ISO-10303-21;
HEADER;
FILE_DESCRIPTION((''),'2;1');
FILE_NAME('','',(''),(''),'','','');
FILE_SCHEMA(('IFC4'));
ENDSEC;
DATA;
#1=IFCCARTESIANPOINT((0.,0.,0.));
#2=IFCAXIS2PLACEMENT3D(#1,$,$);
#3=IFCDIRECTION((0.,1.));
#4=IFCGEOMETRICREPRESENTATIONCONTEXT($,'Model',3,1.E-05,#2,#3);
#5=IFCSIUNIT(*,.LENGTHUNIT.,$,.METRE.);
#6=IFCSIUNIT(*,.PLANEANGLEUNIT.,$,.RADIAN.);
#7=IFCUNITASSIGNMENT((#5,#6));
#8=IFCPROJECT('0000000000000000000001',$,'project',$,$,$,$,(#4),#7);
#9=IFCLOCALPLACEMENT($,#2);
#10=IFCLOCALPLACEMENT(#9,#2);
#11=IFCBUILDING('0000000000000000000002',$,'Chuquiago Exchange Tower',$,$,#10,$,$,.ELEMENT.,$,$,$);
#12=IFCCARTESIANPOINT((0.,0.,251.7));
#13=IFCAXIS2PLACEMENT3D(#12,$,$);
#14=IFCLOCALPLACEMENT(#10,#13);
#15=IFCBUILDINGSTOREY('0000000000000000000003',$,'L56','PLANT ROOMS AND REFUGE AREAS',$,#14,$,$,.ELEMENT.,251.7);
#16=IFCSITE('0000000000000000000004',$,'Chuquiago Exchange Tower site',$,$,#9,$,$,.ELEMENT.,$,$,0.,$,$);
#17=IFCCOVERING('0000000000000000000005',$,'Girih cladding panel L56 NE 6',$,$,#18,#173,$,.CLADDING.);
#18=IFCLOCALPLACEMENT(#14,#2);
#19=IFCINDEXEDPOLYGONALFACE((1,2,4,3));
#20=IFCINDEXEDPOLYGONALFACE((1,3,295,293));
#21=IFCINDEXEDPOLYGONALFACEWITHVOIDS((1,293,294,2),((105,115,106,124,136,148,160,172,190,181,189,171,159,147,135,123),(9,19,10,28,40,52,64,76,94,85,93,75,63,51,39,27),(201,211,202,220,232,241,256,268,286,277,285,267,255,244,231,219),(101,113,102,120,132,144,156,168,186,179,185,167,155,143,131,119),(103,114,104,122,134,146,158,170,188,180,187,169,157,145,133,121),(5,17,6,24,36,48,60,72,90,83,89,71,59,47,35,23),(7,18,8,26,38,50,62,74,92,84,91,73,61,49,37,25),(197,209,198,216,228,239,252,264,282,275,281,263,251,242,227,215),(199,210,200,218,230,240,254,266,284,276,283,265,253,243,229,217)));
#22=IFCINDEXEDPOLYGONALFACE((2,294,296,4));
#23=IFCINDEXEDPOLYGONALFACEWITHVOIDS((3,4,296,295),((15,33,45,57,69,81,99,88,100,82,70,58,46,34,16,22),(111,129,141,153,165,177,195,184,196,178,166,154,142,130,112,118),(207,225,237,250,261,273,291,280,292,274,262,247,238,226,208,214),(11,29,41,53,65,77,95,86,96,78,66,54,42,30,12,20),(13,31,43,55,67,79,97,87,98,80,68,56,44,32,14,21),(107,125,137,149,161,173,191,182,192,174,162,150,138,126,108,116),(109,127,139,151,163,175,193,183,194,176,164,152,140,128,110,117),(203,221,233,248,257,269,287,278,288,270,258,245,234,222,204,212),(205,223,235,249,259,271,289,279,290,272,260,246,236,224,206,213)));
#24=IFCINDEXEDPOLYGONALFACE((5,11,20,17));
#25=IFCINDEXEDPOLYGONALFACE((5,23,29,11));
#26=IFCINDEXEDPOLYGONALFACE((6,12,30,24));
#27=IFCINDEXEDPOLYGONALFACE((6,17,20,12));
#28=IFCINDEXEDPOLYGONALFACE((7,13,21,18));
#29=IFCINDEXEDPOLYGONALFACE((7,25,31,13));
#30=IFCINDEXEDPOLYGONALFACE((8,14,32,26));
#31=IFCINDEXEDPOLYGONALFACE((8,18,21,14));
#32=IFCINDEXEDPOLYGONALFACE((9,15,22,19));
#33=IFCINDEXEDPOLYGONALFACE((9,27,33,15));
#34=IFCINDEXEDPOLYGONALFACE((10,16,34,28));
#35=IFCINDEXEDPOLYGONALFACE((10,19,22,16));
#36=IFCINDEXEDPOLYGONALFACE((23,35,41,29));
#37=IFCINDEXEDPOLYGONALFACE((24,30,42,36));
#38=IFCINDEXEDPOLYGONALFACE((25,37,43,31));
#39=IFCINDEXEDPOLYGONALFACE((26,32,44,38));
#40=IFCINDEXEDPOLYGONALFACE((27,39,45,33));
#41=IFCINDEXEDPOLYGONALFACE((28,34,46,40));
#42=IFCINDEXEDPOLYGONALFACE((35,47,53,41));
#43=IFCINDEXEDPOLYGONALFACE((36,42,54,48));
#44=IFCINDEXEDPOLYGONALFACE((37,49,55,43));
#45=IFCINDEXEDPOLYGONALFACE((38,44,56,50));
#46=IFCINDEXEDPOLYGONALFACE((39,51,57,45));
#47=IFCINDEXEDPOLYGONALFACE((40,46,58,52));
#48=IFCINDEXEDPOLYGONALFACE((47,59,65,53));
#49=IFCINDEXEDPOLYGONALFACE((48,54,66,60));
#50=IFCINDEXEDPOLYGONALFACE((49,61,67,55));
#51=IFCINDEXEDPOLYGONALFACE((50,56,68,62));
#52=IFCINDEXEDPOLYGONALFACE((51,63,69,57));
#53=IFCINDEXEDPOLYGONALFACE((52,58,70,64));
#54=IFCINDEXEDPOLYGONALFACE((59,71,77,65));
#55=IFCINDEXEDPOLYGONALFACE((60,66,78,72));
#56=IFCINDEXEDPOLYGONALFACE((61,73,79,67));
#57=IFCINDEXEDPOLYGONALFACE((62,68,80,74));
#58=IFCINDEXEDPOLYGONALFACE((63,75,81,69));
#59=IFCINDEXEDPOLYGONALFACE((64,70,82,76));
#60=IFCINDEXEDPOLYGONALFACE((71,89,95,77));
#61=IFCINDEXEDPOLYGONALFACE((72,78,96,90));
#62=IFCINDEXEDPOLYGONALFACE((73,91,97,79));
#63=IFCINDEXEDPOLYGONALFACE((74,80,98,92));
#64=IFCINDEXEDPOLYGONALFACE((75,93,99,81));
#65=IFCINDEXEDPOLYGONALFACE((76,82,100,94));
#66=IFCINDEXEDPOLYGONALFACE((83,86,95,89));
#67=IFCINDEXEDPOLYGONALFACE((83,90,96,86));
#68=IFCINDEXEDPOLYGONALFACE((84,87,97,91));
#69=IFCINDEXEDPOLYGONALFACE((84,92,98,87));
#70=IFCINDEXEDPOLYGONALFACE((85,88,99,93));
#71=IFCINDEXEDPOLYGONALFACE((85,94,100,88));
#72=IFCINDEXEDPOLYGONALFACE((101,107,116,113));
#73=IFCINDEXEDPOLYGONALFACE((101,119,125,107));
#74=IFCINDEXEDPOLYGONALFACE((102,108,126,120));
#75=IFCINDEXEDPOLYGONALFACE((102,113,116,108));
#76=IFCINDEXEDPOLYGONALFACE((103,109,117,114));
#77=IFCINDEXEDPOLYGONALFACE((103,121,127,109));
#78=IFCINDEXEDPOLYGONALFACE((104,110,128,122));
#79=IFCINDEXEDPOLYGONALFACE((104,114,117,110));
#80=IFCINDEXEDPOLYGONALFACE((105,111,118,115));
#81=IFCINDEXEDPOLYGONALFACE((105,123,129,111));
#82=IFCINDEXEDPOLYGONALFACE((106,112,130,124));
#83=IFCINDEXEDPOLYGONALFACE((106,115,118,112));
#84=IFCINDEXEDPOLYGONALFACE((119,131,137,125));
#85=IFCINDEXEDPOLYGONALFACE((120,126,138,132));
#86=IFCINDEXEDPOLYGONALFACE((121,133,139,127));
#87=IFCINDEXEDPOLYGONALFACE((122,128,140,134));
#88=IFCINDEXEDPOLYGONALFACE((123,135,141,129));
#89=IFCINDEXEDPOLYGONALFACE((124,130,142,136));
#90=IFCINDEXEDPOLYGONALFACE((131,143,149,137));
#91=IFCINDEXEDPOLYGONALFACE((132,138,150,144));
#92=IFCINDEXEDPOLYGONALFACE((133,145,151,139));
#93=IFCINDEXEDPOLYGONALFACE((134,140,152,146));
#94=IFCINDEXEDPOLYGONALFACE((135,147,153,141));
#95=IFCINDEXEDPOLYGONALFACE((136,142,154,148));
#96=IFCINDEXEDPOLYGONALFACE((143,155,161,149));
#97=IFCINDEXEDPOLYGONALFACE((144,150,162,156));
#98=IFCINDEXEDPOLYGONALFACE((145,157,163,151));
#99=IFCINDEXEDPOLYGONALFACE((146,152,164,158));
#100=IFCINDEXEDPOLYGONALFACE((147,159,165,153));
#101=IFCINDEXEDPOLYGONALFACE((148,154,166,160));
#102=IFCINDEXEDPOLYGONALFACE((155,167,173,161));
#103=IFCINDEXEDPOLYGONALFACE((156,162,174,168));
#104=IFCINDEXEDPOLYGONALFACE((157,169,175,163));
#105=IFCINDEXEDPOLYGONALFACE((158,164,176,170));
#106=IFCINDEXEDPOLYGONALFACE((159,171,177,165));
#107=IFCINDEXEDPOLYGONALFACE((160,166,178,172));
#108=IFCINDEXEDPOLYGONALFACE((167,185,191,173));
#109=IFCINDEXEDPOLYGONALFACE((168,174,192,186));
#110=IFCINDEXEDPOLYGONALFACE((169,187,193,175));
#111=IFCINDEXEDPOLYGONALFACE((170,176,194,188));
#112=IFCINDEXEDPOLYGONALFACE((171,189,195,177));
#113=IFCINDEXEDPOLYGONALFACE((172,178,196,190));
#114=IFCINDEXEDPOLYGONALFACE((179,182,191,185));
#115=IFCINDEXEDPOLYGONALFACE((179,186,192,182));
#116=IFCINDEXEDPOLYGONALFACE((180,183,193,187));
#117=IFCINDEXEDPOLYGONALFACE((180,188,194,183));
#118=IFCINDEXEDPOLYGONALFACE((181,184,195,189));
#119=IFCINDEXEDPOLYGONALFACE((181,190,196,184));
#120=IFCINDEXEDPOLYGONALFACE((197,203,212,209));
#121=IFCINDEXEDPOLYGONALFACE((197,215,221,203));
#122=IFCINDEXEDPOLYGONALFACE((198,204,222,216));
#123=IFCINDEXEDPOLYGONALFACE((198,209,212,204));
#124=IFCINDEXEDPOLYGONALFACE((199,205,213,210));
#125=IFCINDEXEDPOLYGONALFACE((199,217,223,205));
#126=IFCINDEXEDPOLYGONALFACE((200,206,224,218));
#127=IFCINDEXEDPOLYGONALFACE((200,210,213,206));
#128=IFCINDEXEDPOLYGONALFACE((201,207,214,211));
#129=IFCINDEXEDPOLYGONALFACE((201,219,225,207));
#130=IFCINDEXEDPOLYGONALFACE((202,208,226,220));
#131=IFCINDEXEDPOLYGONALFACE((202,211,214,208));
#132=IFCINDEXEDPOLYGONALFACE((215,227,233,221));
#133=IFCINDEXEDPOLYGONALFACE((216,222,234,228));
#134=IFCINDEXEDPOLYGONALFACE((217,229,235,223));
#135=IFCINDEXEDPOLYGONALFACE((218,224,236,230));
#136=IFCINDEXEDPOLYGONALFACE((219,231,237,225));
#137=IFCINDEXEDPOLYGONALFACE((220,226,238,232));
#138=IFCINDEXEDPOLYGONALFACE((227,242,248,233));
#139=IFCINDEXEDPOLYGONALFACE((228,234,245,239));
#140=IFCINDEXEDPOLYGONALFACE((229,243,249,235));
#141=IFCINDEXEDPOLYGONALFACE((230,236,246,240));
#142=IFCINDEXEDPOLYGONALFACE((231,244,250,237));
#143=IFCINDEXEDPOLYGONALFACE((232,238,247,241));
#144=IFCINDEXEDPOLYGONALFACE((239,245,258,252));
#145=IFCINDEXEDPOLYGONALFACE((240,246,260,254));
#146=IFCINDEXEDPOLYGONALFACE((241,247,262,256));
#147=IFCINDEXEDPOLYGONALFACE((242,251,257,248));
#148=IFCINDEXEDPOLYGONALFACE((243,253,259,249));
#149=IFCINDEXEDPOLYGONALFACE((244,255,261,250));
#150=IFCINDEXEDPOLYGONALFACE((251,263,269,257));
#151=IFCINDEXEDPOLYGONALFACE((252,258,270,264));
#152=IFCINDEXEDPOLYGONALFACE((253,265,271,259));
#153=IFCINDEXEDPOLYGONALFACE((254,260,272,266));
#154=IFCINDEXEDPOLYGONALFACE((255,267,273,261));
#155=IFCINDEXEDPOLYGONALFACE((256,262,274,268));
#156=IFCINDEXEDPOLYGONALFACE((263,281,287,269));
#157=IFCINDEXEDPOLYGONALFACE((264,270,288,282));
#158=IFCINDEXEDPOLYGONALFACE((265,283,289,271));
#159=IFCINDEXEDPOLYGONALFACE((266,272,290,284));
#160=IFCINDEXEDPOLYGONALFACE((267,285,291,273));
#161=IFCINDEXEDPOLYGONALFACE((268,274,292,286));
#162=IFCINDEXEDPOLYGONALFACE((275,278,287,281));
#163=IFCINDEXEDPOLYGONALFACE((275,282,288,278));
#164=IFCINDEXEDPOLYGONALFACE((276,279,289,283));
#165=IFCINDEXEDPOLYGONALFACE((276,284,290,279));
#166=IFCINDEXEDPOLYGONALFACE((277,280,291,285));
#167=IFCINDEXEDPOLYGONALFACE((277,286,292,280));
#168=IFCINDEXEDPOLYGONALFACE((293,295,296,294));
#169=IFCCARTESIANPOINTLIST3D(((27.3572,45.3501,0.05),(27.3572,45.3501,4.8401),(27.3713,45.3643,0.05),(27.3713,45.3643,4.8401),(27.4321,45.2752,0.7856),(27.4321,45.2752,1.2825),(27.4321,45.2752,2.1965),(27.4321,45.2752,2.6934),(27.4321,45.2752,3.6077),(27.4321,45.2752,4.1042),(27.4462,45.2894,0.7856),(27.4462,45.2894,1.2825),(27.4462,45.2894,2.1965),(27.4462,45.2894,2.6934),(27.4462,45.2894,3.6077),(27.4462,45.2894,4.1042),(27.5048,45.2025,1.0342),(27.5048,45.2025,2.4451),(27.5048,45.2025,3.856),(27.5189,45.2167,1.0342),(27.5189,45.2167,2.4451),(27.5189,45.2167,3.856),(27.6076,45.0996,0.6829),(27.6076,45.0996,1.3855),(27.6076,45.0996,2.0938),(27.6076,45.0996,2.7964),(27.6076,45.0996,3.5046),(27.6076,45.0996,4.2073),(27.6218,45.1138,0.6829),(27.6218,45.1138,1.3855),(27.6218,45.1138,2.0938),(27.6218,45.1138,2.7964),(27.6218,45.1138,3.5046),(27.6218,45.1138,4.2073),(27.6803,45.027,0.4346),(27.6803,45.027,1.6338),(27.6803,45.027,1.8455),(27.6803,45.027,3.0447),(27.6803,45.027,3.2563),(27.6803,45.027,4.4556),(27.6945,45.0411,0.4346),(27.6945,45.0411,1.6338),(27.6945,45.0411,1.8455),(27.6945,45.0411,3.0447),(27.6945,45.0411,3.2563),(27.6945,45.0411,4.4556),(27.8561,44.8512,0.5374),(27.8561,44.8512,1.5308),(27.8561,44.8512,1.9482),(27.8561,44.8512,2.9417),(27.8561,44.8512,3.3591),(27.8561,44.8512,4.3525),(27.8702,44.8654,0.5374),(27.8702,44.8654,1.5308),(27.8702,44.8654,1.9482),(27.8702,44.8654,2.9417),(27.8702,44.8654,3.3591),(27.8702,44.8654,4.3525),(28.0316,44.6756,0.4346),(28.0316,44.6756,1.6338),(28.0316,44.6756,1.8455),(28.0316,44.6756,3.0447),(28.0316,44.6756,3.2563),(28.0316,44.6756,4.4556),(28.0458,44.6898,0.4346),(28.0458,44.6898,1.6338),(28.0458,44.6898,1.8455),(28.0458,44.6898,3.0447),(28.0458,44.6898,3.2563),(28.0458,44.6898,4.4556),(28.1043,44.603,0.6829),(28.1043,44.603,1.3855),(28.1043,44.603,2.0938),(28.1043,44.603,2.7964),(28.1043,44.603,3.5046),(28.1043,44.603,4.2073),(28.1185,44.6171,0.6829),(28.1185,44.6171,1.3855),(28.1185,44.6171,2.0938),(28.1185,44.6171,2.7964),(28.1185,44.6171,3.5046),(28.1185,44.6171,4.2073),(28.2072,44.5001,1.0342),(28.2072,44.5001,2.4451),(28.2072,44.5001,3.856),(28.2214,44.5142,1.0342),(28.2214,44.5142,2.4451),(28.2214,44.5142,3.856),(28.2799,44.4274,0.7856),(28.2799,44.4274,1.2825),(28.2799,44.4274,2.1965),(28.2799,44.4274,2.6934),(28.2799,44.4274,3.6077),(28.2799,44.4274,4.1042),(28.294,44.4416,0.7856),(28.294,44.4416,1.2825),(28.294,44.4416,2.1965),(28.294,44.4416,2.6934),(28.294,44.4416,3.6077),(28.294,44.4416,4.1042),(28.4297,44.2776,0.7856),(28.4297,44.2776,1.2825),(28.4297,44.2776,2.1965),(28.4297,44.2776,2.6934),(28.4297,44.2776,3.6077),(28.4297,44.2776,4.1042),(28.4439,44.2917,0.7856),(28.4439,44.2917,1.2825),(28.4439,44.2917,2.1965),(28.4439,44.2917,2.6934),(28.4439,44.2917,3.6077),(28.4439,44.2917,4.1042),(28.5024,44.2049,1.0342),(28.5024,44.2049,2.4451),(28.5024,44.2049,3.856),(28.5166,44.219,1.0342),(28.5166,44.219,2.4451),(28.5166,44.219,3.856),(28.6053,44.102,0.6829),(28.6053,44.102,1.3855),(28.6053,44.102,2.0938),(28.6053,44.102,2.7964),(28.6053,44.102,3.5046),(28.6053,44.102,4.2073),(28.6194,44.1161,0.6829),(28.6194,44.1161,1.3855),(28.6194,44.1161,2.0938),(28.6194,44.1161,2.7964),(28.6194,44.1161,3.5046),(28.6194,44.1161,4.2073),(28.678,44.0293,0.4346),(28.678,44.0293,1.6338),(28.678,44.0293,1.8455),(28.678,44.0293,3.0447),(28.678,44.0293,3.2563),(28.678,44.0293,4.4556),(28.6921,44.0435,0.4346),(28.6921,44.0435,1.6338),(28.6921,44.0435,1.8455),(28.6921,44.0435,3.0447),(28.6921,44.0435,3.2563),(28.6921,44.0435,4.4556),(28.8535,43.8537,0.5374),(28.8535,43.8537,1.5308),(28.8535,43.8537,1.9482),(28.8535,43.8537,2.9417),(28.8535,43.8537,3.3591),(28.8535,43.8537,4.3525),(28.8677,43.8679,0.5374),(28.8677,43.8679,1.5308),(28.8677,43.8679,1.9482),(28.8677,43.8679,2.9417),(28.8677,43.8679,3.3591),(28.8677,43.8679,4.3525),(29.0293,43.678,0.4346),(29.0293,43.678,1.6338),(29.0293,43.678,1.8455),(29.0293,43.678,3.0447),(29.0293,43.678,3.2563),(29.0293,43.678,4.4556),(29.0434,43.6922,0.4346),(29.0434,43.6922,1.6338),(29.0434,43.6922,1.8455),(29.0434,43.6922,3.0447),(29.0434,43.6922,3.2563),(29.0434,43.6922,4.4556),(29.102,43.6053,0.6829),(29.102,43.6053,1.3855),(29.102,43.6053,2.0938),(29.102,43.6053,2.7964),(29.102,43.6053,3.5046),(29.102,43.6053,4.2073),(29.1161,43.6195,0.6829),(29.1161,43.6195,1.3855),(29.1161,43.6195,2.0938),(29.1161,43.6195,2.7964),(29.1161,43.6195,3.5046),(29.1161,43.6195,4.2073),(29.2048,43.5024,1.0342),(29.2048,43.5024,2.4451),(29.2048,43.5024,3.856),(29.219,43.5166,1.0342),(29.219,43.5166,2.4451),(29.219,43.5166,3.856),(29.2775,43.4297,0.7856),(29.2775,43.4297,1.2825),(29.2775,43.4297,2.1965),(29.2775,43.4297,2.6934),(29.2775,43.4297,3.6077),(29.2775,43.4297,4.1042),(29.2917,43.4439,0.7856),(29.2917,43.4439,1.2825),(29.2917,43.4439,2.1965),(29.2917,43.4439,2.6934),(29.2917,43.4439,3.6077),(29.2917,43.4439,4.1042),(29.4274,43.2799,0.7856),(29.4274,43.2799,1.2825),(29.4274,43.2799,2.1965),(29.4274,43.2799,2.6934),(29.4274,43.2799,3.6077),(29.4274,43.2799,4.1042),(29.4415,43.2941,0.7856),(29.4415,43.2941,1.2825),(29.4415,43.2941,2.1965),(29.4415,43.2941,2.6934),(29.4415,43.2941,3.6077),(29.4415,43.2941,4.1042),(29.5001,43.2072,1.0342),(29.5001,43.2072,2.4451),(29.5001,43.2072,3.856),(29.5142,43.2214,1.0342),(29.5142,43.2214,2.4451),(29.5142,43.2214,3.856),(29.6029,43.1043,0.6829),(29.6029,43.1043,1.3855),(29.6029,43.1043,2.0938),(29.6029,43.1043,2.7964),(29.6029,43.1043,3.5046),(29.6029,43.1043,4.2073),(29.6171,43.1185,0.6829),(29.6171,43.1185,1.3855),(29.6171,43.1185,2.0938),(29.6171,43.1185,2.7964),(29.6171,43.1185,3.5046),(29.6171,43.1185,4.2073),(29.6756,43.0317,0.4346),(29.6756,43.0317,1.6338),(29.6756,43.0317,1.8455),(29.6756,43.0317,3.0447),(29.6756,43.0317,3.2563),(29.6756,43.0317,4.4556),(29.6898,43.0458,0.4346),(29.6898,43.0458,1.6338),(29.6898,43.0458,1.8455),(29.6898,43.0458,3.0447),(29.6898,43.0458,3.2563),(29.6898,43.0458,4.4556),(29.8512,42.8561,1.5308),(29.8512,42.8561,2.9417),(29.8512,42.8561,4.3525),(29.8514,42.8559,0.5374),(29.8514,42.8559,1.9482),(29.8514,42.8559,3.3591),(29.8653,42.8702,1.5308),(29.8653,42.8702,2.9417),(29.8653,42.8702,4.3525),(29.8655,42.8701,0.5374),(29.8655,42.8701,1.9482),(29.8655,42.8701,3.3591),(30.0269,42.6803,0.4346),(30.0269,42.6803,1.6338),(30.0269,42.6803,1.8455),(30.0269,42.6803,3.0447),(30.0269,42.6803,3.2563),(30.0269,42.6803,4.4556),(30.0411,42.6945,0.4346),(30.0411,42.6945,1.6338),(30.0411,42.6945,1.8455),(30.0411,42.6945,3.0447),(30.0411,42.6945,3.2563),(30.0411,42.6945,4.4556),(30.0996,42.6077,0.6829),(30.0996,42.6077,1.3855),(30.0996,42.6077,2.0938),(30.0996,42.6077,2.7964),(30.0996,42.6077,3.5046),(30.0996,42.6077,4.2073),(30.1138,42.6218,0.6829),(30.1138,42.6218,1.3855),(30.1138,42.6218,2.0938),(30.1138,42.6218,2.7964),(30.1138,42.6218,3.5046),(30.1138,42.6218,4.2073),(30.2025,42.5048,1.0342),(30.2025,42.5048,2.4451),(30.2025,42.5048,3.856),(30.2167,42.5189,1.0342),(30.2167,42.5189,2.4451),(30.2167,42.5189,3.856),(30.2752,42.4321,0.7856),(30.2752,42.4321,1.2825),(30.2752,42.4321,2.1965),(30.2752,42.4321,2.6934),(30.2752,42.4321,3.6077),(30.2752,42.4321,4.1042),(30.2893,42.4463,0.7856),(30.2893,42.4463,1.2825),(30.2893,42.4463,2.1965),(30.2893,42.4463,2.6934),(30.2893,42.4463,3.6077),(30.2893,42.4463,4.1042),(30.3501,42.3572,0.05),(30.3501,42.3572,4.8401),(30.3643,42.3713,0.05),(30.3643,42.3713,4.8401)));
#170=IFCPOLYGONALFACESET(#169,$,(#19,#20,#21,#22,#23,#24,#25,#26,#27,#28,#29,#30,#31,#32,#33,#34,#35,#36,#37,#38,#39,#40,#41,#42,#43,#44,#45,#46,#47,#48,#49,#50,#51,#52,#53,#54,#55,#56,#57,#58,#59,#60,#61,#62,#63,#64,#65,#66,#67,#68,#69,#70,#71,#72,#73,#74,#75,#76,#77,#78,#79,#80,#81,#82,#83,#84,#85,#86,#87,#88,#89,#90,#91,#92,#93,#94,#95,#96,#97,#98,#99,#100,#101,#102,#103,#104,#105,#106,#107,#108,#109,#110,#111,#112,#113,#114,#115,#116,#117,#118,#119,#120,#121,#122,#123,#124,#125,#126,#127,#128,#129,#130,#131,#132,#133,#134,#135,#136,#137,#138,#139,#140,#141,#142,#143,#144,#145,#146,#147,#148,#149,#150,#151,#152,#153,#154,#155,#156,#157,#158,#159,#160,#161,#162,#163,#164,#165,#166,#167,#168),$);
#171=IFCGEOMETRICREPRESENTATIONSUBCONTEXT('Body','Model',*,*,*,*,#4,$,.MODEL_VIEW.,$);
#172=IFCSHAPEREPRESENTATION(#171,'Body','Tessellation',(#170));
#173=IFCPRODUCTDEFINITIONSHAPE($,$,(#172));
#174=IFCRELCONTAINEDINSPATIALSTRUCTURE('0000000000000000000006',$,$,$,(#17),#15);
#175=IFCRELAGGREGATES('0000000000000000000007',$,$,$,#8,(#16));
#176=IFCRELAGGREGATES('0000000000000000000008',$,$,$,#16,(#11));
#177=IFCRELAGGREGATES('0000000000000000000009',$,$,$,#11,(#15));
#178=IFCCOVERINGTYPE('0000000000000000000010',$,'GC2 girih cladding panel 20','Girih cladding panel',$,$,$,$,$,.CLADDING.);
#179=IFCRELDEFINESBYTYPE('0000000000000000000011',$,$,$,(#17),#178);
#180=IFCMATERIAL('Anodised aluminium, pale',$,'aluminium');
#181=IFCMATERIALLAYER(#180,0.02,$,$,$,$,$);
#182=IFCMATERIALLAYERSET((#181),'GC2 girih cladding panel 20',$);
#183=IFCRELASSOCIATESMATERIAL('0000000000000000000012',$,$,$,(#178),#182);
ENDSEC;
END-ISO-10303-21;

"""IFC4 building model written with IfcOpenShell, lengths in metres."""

from ifc_helpers import new_model, si_unit, direction, frame, origin, place, context, subcontext, project, spatial, polyline, outline, extrude, material, layer, layer_set, type_object, element, save


model = new_model("IFC4")

# Units and contexts
model_context = context("Model", 3, precision=1e-05, world=origin(), true_north=direction((0.0, 1.0)))
body_context = subcontext(model_context, "Body", "Model", "MODEL_VIEW")
ifc_project = project(units=[si_unit("LENGTHUNIT", "METRE"), si_unit("PLANEANGLEUNIT", "RADIAN")], contexts=[model_context])

# Site, building, storey
site_placement = place(None, origin())
site = spatial("IfcSite", under=ifc_project, at=site_placement, Name="Chuquiago Exchange Tower site", CompositionType="ELEMENT", RefElevation=0.0)
building_placement = place(site_placement, origin())
building = spatial("IfcBuilding", under=site, at=building_placement, Name="Chuquiago Exchange Tower", CompositionType="ELEMENT")
storey_placement = place(building_placement, frame((0.0, 0.0, 251.7)))
storey = spatial("IfcBuildingStorey", under=building, at=storey_placement, Name="L56", Description="PLANT ROOMS AND REFUGE AREAS", CompositionType="ELEMENT", Elevation=251.7)

# Covering
ifc_material_1 = material(Name="Anodised aluminium, pale", Category="aluminium")
ifc_layer_1 = layer(ifc_material_1, 0.02)
ifc_layer_set_1 = layer_set([ifc_layer_1], Name="GC2 girih cladding panel 20")
covering_type = type_object("IfcCoveringType", Name="GC2 girih cladding panel 20", Description="Girih cladding panel", PredefinedType="CLADDING", material=ifc_layer_set_1)
covering_placement = place(storey_placement, frame((30.3501, 42.3572, 0.05), z_axis=(0.0, 0.0, 1.0), x_axis=(-0.707107, 0.707107, 0.0)))
element("IfcCovering", 1, at=covering_placement, inside=storey, type_object=covering_type, Name="Girih cladding panel L56 NE 6", PredefinedType="CLADDING", context=body_context, shape_type="SweptSolid", body=[
    extrude(outline(polyline([(0.0, 0.0), (4.2327, 0.0), (4.2327, 4.79), (0.0, 4.79), (0.0, 0.0)]), holes=[polyline([(1.2021, 0.9841), (1.3049, 1.2324), (1.0566, 1.3354), (0.9539, 1.5837), (0.7056, 1.4807), (0.457, 1.5837), (0.3542, 1.3354), (0.106, 1.2324), (0.2087, 0.9841), (0.106, 0.7356), (0.3542, 0.6328), (0.457, 0.3845), (0.7053, 0.4873), (0.9539, 0.3845), (1.0566, 0.6328), (1.3049, 0.7356), (1.2021, 0.9841)]), polyline([(2.613, 0.9841), (2.7158, 1.2324), (2.4675, 1.3354), (2.3647, 1.5837), (2.1165, 1.4807), (1.8679, 1.5837), (1.7651, 1.3354), (1.5168, 1.2324), (1.6196, 0.9841), (1.5168, 0.7356), (1.7651, 0.6328), (1.8679, 0.3845), (2.1165, 0.4873), (2.3647, 0.3845), (2.4675, 0.6328), (2.7158, 0.7356), (2.613, 0.9841)]), polyline([(4.0239, 0.9841), (4.1267, 1.2324), (3.8784, 1.3354), (3.7756, 1.5837), (3.5271, 1.4807), (3.2788, 1.5837), (3.176, 1.3354), (2.9277, 1.2324), (3.0305, 0.9841), (2.9277, 0.7356), (3.176, 0.6328), (3.2788, 0.3845), (3.5271, 0.4873), (3.7756, 0.3845), (3.8784, 0.6328), (4.1267, 0.7356), (4.0239, 0.9841)]), polyline([(1.2021, 2.395), (1.3049, 2.6433), (1.0566, 2.7463), (0.9539, 2.9946), (0.7056, 2.8916), (0.457, 2.9946), (0.3542, 2.7463), (0.106, 2.6433), (0.2087, 2.395), (0.106, 2.1465), (0.3542, 2.0437), (0.457, 1.7954), (0.7053, 1.8982), (0.9539, 1.7954), (1.0566, 2.0437), (1.3049, 2.1465), (1.2021, 2.395)]), polyline([(2.613, 2.395), (2.7158, 2.6433), (2.4675, 2.7463), (2.3647, 2.9946), (2.1165, 2.8916), (1.8679, 2.9946), (1.7651, 2.7463), (1.5168, 2.6433), (1.6196, 2.395), (1.5168, 2.1465), (1.7651, 2.0437), (1.8679, 1.7954), (2.1165, 1.8982), (2.3647, 1.7954), (2.4675, 2.0437), (2.7158, 2.1465), (2.613, 2.395)]), polyline([(4.0239, 2.395), (4.1267, 2.6433), (3.8784, 2.7463), (3.7756, 2.9946), (3.5271, 2.8916), (3.2788, 2.9946), (3.176, 2.7463), (2.9277, 2.6433), (3.0305, 2.395), (2.9277, 2.1465), (3.176, 2.0437), (3.2788, 1.7954), (3.5271, 1.8982), (3.7756, 1.7954), (3.8784, 2.0437), (4.1267, 2.1465), (4.0239, 2.395)]), polyline([(1.2021, 3.8059), (1.3049, 4.0542), (1.0566, 4.1572), (0.9539, 4.4055), (0.7056, 4.3025), (0.457, 4.4055), (0.3542, 4.1572), (0.106, 4.0542), (0.2087, 3.8059), (0.106, 3.5576), (0.3542, 3.4546), (0.457, 3.2063), (0.7053, 3.3091), (0.9539, 3.2063), (1.0566, 3.4546), (1.3049, 3.5576), (1.2021, 3.8059)]), polyline([(2.613, 3.8059), (2.7158, 4.0542), (2.4675, 4.1572), (2.3647, 4.4055), (2.1165, 4.3025), (1.8679, 4.4055), (1.7651, 4.1572), (1.5168, 4.0542), (1.6196, 3.8059), (1.5168, 3.5576), (1.7651, 3.4546), (1.8679, 3.2063), (2.1165, 3.3091), (2.3647, 3.2063), (2.4675, 3.4546), (2.7158, 3.5576), (2.613, 3.8059)]), polyline([(4.0239, 3.8059), (4.1267, 4.0542), (3.8784, 4.1572), (3.7756, 4.4055), (3.5271, 4.3025), (3.2788, 4.4055), (3.176, 4.1572), (2.9277, 4.0542), (3.0305, 3.8059), (2.9277, 3.5576), (3.176, 3.4546), (3.2788, 3.2063), (3.5271, 3.3091), (3.7756, 3.2063), (3.8784, 3.4546), (4.1267, 3.5576), (4.0239, 3.8059)])]), frame((0.0, 0.0, 0.0), z_axis=(0.0, -1.0, 0.0), x_axis=(1.0, 0.0, 0.0)), (0.0, 0.0, 1.0), 0.02),
])

save(model, "model.ifc")
